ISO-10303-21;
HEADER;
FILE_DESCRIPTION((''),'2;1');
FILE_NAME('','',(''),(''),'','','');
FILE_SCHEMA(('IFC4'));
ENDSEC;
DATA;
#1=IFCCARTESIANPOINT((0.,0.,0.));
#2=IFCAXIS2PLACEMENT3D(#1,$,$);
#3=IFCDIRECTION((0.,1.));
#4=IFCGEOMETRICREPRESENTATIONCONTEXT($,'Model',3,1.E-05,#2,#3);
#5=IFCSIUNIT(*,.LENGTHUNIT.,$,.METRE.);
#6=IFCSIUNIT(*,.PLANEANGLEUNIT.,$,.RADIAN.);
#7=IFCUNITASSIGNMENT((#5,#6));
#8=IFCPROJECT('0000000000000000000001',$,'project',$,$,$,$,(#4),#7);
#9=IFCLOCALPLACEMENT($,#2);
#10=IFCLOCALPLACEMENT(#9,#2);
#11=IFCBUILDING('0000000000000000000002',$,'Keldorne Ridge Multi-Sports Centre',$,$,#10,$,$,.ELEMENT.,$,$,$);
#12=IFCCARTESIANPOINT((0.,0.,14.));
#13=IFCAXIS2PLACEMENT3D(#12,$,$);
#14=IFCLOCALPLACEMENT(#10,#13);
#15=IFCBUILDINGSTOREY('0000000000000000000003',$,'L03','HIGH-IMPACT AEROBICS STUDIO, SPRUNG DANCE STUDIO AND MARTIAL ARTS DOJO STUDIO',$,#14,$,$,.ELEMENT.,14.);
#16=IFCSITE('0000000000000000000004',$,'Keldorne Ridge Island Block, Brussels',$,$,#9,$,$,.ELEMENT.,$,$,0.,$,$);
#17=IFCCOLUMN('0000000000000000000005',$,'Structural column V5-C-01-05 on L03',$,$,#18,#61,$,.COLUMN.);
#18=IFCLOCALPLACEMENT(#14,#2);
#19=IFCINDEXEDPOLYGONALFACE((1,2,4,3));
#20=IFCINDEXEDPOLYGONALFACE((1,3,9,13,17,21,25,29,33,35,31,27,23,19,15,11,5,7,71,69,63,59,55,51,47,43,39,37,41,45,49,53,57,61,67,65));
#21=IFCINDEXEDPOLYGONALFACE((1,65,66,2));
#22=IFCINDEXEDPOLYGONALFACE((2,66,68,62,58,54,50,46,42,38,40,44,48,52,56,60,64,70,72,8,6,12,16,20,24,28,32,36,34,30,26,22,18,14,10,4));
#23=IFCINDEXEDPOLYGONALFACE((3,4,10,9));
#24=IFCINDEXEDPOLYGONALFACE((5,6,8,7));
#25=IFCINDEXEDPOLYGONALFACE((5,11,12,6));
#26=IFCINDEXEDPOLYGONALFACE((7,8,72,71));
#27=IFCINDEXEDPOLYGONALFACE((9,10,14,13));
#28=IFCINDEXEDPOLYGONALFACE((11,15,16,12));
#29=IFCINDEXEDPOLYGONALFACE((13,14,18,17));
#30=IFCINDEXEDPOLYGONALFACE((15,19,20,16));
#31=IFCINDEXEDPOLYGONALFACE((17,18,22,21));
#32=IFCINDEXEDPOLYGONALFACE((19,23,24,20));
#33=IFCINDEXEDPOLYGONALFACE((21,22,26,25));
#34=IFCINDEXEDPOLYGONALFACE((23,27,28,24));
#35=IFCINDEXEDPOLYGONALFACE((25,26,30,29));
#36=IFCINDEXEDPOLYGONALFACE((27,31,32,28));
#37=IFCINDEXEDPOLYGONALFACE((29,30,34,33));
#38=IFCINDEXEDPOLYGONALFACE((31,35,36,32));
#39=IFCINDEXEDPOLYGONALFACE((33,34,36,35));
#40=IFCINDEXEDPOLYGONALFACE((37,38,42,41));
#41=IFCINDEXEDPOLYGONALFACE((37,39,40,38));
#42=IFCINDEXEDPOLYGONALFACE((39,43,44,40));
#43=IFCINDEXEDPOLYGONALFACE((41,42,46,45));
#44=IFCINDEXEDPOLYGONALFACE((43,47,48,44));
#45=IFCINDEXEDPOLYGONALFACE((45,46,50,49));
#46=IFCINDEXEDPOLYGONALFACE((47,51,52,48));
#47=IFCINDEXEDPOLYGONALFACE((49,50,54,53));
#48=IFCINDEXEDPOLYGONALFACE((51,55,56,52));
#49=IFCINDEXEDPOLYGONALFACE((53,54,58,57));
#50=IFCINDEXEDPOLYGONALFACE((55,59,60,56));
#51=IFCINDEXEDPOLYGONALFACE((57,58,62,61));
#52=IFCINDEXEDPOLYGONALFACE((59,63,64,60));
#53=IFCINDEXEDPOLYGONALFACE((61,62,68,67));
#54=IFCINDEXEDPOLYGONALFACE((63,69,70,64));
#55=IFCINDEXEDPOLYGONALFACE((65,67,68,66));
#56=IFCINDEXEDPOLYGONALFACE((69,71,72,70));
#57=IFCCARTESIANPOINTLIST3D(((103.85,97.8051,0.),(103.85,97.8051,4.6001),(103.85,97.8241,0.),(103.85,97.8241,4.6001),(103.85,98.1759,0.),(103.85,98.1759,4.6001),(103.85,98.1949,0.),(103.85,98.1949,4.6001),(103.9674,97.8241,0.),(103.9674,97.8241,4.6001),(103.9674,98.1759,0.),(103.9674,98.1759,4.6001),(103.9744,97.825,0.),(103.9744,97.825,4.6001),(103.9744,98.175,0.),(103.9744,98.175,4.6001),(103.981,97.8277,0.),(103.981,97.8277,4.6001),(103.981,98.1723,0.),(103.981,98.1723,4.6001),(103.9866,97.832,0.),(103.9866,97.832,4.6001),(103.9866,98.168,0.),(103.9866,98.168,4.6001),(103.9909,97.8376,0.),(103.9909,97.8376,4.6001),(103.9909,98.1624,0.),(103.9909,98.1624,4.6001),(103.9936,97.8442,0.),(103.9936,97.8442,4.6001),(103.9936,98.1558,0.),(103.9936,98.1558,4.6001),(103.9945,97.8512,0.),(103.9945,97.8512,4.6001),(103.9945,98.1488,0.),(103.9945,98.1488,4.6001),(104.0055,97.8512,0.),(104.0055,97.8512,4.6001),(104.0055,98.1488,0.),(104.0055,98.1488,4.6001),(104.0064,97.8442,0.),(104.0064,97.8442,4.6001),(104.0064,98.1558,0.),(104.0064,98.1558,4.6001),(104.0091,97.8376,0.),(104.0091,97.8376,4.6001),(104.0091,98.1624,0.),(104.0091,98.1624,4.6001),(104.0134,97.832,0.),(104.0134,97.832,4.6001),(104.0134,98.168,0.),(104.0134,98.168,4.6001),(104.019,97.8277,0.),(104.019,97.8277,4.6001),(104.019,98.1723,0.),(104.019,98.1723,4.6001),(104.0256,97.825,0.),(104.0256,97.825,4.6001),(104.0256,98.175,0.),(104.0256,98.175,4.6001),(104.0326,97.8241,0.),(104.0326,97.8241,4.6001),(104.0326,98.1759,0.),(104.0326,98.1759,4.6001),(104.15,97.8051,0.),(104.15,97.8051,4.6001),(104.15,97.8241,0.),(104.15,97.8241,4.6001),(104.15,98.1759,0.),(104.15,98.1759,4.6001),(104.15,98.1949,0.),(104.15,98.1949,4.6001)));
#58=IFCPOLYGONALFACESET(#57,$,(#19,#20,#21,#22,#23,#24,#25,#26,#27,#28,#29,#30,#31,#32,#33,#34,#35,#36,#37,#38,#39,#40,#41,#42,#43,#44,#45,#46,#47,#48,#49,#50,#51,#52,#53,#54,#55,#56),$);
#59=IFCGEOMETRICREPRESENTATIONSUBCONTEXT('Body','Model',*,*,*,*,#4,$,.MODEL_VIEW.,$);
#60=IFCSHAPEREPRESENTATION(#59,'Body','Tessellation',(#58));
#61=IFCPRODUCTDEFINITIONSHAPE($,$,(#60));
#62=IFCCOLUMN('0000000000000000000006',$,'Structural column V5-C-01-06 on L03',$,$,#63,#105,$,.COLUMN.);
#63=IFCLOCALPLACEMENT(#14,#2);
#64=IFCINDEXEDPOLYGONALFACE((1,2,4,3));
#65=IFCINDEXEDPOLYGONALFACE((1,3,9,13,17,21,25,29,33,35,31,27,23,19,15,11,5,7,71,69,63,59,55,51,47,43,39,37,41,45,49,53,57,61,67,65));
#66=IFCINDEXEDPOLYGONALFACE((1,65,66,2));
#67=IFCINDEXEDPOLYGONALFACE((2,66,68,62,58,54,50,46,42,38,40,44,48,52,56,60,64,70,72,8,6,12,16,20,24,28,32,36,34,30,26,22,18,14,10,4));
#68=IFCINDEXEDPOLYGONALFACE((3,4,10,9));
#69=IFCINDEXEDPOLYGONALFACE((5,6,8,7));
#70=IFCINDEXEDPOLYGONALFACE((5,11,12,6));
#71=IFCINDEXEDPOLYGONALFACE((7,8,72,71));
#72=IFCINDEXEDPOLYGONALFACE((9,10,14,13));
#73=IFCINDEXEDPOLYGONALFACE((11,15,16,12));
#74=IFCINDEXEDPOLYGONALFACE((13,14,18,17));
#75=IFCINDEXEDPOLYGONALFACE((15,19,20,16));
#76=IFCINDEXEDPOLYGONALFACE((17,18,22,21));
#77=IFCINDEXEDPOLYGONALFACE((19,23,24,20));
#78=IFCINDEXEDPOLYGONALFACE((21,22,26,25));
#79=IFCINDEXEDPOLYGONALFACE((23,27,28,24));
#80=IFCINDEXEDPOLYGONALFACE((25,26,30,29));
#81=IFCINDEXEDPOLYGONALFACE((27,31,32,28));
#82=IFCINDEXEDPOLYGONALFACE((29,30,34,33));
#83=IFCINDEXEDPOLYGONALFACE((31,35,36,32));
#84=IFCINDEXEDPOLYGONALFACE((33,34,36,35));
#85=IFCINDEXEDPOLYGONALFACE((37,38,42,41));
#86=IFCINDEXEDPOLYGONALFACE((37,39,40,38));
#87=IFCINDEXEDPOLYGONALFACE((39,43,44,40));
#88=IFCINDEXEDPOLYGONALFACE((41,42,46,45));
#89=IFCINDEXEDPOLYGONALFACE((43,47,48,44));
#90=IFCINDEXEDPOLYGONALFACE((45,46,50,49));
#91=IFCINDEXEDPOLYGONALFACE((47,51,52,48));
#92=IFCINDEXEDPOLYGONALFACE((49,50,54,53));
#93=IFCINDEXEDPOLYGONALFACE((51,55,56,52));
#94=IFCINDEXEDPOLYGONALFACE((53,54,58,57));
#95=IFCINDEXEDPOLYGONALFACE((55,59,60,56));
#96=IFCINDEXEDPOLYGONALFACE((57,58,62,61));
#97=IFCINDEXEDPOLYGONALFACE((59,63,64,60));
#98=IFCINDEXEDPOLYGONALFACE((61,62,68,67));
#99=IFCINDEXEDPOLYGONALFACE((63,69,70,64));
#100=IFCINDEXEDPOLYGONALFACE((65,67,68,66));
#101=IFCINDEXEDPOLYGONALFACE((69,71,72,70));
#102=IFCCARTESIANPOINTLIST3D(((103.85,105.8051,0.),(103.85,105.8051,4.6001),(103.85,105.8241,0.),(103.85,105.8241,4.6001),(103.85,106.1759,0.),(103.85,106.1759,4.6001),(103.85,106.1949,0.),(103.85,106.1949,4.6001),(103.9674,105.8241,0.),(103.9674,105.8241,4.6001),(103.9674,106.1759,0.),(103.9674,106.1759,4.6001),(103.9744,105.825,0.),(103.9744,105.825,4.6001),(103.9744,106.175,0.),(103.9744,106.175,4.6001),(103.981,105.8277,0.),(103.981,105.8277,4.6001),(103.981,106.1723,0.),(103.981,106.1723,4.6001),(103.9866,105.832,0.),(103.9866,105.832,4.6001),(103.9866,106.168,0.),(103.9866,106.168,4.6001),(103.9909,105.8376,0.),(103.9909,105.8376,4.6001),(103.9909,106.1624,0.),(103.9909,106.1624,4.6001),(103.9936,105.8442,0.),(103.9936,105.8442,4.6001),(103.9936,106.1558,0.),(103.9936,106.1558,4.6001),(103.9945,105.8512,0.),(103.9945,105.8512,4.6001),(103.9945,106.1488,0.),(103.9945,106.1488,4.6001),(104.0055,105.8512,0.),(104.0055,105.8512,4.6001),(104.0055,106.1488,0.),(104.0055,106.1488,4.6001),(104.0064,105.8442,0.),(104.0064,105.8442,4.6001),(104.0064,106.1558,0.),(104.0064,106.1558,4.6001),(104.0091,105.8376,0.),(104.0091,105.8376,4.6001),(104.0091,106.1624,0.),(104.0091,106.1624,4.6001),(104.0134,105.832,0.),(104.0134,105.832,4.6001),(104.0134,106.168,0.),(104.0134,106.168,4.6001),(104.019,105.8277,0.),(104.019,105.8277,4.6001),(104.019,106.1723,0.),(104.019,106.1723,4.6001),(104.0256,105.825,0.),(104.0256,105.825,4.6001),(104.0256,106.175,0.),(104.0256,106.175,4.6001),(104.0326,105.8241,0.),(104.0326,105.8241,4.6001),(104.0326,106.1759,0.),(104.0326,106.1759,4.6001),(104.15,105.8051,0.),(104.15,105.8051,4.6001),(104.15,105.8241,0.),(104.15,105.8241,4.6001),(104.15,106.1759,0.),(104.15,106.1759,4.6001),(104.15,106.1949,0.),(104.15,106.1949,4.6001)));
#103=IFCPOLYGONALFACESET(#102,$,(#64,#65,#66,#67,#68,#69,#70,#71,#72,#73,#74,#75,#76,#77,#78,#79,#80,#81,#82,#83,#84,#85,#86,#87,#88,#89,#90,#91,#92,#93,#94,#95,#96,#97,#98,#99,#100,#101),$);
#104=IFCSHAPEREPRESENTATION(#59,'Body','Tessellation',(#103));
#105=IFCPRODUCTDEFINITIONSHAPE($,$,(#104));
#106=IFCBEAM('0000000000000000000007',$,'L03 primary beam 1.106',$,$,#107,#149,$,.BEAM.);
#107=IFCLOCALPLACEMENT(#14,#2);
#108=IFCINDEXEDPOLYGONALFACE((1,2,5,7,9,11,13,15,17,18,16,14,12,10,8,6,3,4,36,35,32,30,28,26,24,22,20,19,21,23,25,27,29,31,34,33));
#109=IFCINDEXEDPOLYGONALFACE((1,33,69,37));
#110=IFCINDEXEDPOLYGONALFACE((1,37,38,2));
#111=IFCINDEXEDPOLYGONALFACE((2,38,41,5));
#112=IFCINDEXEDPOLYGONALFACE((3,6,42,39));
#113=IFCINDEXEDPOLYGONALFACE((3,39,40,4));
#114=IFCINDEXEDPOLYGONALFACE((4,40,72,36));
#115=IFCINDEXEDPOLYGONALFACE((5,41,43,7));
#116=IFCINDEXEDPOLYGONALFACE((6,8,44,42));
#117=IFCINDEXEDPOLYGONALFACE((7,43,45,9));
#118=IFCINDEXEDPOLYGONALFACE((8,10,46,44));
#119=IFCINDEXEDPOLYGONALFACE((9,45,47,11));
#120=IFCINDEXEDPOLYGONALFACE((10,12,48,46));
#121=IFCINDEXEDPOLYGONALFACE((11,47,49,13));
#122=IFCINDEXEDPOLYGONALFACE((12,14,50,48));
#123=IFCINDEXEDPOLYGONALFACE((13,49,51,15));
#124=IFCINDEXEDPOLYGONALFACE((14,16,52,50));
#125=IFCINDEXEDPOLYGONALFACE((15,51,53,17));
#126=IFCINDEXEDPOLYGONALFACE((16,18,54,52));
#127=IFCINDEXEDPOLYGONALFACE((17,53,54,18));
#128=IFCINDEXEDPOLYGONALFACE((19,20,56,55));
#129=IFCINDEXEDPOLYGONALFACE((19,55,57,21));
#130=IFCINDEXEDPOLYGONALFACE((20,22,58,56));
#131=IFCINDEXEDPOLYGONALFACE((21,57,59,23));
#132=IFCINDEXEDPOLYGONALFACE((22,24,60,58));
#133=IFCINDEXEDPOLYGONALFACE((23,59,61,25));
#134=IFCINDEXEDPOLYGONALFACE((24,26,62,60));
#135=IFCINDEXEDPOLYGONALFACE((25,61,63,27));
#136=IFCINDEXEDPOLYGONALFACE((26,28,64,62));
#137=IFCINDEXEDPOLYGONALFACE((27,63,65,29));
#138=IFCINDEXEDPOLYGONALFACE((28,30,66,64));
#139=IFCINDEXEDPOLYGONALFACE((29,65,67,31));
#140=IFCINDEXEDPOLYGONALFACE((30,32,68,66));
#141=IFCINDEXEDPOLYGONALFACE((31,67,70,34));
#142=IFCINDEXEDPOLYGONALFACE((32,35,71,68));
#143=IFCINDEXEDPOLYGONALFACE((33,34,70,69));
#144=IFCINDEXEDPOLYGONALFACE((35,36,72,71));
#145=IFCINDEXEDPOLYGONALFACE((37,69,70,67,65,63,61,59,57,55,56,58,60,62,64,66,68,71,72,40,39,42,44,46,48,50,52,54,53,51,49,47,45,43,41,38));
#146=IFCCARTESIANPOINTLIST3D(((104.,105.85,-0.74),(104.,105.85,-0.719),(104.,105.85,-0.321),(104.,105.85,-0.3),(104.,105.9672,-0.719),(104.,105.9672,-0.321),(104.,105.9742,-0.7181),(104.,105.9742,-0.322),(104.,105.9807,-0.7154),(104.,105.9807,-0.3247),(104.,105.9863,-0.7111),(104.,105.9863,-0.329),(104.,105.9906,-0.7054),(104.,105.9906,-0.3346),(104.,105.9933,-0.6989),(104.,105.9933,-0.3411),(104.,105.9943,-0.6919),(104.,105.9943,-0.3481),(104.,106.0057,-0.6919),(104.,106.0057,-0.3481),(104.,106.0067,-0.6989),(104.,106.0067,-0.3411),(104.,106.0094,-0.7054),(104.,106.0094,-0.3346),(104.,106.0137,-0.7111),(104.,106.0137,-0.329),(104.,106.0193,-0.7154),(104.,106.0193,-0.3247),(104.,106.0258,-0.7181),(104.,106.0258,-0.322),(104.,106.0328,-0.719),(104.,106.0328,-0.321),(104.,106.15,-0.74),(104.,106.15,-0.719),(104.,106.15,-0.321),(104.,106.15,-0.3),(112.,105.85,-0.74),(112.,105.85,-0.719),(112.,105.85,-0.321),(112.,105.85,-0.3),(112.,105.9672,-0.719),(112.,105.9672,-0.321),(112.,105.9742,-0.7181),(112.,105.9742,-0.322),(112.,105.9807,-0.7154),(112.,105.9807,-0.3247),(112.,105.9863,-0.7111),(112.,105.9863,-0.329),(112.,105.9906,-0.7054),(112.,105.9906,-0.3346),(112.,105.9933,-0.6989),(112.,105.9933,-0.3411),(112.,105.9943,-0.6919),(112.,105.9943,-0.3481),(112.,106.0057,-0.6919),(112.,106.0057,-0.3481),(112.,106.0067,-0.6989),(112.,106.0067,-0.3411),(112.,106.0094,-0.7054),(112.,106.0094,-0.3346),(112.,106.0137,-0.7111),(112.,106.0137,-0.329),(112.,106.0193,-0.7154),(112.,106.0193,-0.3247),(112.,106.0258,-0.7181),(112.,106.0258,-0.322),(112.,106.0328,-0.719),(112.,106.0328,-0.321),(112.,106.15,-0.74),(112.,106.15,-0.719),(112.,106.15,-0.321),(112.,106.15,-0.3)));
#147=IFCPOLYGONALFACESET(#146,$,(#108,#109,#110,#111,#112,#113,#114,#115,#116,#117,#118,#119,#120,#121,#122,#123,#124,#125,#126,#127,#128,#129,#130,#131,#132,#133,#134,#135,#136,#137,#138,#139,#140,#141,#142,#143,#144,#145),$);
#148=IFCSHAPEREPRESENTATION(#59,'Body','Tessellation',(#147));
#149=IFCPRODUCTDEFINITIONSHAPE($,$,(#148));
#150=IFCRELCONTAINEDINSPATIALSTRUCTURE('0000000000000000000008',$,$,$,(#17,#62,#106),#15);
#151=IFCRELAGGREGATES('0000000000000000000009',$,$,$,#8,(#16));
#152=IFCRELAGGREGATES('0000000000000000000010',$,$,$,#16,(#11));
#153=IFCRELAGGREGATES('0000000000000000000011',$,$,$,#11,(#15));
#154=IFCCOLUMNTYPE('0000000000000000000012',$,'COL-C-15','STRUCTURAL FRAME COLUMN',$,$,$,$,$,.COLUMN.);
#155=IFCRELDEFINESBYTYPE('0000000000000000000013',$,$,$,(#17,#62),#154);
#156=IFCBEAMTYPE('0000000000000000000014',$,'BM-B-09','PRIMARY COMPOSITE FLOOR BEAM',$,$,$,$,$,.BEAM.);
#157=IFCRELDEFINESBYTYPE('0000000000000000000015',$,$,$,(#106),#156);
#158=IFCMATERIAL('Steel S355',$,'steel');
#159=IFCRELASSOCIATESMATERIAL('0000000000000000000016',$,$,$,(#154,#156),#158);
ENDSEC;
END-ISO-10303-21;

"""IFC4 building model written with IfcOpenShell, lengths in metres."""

from ifc_helpers import new_model, si_unit, direction, frame, origin, origin_2d, place, context, subcontext, project, spatial, i_section, extrude, material, material_profile, profile_set, type_object, element, save


model = new_model("IFC4")

# Units and contexts
model_context = context("Model", 3, precision=1e-05, world=origin(), true_north=direction((0.0, 1.0)))
body_context = subcontext(model_context, "Body", "Model", "MODEL_VIEW")
ifc_project = project(units=[si_unit("LENGTHUNIT", "METRE"), si_unit("PLANEANGLEUNIT", "RADIAN")], contexts=[model_context])

# Site, building, storey
site_placement = place(None, origin())
site = spatial("IfcSite", under=ifc_project, at=site_placement, Name="Keldorne Ridge Island Block, Brussels", CompositionType="ELEMENT", RefElevation=0.0)
building_placement = place(site_placement, origin())
building = spatial("IfcBuilding", under=site, at=building_placement, Name="Keldorne Ridge Multi-Sports Centre", CompositionType="ELEMENT")
storey_placement = place(building_placement, frame((0.0, 0.0, 14.0)))
storey = spatial("IfcBuildingStorey", under=building, at=storey_placement, Name="L03", Description="HIGH-IMPACT AEROBICS STUDIO, SPRUNG DANCE STUDIO AND MARTIAL ARTS DOJO STUDIO", CompositionType="ELEMENT", Elevation=14.0)

# Columns
ifc_material_1 = material(Name="Steel S355", Category="steel")
ifc_material_profile_1 = material_profile(ifc_material_1, i_section(OverallWidth=0.3, OverallDepth=0.3899, WebThickness=0.011, FlangeThickness=0.019, FilletRadius=0.0271, at=origin_2d()), Name="HEA 400")
ifc_profile_set_1 = profile_set([ifc_material_profile_1], Name="Steel S355")
column_type = type_object("IfcColumnType", Name="COL-C-15", Description="STRUCTURAL FRAME COLUMN", PredefinedType="COLUMN", material=ifc_profile_set_1)
for number, where, z_axis, x_axis, name in (
    (1, (104.0, 98.0, 0.0), (0.0, 0.0, 1.0), (1.0, 0.0, 0.0), "Structural column V5-C-01-05 on L03"),
    (2, (104.0, 106.0, 0.0), (0.0, 0.0, 1.0), (1.0, 0.0, 0.0), "Structural column V5-C-01-06 on L03"),
):
    element("IfcColumn", number, at=place(storey_placement, frame(where, z_axis=z_axis, x_axis=x_axis)), inside=storey, type_object=column_type, Name=name, PredefinedType="COLUMN", context=body_context, shape_type="SweptSolid", body=[
        extrude(i_section(OverallWidth=0.3, OverallDepth=0.3899, WebThickness=0.011, FlangeThickness=0.019, FilletRadius=0.0271, at=origin_2d()), origin(), (0.0, 0.0, 1.0), 4.6001),
    ])

# Beam
ifc_material_profile_2 = material_profile(ifc_material_1, i_section(OverallWidth=0.3, OverallDepth=0.4399, WebThickness=0.0115, FlangeThickness=0.021, FilletRadius=0.0271, at=origin_2d()), Name="HEA 450")
ifc_profile_set_2 = profile_set([ifc_material_profile_2], Name="Steel S355")
beam_type_1 = type_object("IfcBeamType", Name="BM-B-09", Description="PRIMARY COMPOSITE FLOOR BEAM", PredefinedType="BEAM", material=ifc_profile_set_2)
beam_1_placement = place(storey_placement, frame((104.0, 106.0, -0.52), z_axis=(1.0, 0.0, 0.0), x_axis=(0.0, 1.0, 0.0)))
element("IfcBeam", 3, at=beam_1_placement, inside=storey, type_object=beam_type_1, Name="L03 primary beam 1.106", PredefinedType="BEAM", context=body_context, shape_type="SweptSolid", body=[
    extrude(i_section(OverallWidth=0.3, OverallDepth=0.4399, WebThickness=0.0115, FlangeThickness=0.021, FilletRadius=0.0271, at=origin_2d()), origin(), (0.0, 0.0, 1.0), 8.0),
])

save(model, "model.ifc")
